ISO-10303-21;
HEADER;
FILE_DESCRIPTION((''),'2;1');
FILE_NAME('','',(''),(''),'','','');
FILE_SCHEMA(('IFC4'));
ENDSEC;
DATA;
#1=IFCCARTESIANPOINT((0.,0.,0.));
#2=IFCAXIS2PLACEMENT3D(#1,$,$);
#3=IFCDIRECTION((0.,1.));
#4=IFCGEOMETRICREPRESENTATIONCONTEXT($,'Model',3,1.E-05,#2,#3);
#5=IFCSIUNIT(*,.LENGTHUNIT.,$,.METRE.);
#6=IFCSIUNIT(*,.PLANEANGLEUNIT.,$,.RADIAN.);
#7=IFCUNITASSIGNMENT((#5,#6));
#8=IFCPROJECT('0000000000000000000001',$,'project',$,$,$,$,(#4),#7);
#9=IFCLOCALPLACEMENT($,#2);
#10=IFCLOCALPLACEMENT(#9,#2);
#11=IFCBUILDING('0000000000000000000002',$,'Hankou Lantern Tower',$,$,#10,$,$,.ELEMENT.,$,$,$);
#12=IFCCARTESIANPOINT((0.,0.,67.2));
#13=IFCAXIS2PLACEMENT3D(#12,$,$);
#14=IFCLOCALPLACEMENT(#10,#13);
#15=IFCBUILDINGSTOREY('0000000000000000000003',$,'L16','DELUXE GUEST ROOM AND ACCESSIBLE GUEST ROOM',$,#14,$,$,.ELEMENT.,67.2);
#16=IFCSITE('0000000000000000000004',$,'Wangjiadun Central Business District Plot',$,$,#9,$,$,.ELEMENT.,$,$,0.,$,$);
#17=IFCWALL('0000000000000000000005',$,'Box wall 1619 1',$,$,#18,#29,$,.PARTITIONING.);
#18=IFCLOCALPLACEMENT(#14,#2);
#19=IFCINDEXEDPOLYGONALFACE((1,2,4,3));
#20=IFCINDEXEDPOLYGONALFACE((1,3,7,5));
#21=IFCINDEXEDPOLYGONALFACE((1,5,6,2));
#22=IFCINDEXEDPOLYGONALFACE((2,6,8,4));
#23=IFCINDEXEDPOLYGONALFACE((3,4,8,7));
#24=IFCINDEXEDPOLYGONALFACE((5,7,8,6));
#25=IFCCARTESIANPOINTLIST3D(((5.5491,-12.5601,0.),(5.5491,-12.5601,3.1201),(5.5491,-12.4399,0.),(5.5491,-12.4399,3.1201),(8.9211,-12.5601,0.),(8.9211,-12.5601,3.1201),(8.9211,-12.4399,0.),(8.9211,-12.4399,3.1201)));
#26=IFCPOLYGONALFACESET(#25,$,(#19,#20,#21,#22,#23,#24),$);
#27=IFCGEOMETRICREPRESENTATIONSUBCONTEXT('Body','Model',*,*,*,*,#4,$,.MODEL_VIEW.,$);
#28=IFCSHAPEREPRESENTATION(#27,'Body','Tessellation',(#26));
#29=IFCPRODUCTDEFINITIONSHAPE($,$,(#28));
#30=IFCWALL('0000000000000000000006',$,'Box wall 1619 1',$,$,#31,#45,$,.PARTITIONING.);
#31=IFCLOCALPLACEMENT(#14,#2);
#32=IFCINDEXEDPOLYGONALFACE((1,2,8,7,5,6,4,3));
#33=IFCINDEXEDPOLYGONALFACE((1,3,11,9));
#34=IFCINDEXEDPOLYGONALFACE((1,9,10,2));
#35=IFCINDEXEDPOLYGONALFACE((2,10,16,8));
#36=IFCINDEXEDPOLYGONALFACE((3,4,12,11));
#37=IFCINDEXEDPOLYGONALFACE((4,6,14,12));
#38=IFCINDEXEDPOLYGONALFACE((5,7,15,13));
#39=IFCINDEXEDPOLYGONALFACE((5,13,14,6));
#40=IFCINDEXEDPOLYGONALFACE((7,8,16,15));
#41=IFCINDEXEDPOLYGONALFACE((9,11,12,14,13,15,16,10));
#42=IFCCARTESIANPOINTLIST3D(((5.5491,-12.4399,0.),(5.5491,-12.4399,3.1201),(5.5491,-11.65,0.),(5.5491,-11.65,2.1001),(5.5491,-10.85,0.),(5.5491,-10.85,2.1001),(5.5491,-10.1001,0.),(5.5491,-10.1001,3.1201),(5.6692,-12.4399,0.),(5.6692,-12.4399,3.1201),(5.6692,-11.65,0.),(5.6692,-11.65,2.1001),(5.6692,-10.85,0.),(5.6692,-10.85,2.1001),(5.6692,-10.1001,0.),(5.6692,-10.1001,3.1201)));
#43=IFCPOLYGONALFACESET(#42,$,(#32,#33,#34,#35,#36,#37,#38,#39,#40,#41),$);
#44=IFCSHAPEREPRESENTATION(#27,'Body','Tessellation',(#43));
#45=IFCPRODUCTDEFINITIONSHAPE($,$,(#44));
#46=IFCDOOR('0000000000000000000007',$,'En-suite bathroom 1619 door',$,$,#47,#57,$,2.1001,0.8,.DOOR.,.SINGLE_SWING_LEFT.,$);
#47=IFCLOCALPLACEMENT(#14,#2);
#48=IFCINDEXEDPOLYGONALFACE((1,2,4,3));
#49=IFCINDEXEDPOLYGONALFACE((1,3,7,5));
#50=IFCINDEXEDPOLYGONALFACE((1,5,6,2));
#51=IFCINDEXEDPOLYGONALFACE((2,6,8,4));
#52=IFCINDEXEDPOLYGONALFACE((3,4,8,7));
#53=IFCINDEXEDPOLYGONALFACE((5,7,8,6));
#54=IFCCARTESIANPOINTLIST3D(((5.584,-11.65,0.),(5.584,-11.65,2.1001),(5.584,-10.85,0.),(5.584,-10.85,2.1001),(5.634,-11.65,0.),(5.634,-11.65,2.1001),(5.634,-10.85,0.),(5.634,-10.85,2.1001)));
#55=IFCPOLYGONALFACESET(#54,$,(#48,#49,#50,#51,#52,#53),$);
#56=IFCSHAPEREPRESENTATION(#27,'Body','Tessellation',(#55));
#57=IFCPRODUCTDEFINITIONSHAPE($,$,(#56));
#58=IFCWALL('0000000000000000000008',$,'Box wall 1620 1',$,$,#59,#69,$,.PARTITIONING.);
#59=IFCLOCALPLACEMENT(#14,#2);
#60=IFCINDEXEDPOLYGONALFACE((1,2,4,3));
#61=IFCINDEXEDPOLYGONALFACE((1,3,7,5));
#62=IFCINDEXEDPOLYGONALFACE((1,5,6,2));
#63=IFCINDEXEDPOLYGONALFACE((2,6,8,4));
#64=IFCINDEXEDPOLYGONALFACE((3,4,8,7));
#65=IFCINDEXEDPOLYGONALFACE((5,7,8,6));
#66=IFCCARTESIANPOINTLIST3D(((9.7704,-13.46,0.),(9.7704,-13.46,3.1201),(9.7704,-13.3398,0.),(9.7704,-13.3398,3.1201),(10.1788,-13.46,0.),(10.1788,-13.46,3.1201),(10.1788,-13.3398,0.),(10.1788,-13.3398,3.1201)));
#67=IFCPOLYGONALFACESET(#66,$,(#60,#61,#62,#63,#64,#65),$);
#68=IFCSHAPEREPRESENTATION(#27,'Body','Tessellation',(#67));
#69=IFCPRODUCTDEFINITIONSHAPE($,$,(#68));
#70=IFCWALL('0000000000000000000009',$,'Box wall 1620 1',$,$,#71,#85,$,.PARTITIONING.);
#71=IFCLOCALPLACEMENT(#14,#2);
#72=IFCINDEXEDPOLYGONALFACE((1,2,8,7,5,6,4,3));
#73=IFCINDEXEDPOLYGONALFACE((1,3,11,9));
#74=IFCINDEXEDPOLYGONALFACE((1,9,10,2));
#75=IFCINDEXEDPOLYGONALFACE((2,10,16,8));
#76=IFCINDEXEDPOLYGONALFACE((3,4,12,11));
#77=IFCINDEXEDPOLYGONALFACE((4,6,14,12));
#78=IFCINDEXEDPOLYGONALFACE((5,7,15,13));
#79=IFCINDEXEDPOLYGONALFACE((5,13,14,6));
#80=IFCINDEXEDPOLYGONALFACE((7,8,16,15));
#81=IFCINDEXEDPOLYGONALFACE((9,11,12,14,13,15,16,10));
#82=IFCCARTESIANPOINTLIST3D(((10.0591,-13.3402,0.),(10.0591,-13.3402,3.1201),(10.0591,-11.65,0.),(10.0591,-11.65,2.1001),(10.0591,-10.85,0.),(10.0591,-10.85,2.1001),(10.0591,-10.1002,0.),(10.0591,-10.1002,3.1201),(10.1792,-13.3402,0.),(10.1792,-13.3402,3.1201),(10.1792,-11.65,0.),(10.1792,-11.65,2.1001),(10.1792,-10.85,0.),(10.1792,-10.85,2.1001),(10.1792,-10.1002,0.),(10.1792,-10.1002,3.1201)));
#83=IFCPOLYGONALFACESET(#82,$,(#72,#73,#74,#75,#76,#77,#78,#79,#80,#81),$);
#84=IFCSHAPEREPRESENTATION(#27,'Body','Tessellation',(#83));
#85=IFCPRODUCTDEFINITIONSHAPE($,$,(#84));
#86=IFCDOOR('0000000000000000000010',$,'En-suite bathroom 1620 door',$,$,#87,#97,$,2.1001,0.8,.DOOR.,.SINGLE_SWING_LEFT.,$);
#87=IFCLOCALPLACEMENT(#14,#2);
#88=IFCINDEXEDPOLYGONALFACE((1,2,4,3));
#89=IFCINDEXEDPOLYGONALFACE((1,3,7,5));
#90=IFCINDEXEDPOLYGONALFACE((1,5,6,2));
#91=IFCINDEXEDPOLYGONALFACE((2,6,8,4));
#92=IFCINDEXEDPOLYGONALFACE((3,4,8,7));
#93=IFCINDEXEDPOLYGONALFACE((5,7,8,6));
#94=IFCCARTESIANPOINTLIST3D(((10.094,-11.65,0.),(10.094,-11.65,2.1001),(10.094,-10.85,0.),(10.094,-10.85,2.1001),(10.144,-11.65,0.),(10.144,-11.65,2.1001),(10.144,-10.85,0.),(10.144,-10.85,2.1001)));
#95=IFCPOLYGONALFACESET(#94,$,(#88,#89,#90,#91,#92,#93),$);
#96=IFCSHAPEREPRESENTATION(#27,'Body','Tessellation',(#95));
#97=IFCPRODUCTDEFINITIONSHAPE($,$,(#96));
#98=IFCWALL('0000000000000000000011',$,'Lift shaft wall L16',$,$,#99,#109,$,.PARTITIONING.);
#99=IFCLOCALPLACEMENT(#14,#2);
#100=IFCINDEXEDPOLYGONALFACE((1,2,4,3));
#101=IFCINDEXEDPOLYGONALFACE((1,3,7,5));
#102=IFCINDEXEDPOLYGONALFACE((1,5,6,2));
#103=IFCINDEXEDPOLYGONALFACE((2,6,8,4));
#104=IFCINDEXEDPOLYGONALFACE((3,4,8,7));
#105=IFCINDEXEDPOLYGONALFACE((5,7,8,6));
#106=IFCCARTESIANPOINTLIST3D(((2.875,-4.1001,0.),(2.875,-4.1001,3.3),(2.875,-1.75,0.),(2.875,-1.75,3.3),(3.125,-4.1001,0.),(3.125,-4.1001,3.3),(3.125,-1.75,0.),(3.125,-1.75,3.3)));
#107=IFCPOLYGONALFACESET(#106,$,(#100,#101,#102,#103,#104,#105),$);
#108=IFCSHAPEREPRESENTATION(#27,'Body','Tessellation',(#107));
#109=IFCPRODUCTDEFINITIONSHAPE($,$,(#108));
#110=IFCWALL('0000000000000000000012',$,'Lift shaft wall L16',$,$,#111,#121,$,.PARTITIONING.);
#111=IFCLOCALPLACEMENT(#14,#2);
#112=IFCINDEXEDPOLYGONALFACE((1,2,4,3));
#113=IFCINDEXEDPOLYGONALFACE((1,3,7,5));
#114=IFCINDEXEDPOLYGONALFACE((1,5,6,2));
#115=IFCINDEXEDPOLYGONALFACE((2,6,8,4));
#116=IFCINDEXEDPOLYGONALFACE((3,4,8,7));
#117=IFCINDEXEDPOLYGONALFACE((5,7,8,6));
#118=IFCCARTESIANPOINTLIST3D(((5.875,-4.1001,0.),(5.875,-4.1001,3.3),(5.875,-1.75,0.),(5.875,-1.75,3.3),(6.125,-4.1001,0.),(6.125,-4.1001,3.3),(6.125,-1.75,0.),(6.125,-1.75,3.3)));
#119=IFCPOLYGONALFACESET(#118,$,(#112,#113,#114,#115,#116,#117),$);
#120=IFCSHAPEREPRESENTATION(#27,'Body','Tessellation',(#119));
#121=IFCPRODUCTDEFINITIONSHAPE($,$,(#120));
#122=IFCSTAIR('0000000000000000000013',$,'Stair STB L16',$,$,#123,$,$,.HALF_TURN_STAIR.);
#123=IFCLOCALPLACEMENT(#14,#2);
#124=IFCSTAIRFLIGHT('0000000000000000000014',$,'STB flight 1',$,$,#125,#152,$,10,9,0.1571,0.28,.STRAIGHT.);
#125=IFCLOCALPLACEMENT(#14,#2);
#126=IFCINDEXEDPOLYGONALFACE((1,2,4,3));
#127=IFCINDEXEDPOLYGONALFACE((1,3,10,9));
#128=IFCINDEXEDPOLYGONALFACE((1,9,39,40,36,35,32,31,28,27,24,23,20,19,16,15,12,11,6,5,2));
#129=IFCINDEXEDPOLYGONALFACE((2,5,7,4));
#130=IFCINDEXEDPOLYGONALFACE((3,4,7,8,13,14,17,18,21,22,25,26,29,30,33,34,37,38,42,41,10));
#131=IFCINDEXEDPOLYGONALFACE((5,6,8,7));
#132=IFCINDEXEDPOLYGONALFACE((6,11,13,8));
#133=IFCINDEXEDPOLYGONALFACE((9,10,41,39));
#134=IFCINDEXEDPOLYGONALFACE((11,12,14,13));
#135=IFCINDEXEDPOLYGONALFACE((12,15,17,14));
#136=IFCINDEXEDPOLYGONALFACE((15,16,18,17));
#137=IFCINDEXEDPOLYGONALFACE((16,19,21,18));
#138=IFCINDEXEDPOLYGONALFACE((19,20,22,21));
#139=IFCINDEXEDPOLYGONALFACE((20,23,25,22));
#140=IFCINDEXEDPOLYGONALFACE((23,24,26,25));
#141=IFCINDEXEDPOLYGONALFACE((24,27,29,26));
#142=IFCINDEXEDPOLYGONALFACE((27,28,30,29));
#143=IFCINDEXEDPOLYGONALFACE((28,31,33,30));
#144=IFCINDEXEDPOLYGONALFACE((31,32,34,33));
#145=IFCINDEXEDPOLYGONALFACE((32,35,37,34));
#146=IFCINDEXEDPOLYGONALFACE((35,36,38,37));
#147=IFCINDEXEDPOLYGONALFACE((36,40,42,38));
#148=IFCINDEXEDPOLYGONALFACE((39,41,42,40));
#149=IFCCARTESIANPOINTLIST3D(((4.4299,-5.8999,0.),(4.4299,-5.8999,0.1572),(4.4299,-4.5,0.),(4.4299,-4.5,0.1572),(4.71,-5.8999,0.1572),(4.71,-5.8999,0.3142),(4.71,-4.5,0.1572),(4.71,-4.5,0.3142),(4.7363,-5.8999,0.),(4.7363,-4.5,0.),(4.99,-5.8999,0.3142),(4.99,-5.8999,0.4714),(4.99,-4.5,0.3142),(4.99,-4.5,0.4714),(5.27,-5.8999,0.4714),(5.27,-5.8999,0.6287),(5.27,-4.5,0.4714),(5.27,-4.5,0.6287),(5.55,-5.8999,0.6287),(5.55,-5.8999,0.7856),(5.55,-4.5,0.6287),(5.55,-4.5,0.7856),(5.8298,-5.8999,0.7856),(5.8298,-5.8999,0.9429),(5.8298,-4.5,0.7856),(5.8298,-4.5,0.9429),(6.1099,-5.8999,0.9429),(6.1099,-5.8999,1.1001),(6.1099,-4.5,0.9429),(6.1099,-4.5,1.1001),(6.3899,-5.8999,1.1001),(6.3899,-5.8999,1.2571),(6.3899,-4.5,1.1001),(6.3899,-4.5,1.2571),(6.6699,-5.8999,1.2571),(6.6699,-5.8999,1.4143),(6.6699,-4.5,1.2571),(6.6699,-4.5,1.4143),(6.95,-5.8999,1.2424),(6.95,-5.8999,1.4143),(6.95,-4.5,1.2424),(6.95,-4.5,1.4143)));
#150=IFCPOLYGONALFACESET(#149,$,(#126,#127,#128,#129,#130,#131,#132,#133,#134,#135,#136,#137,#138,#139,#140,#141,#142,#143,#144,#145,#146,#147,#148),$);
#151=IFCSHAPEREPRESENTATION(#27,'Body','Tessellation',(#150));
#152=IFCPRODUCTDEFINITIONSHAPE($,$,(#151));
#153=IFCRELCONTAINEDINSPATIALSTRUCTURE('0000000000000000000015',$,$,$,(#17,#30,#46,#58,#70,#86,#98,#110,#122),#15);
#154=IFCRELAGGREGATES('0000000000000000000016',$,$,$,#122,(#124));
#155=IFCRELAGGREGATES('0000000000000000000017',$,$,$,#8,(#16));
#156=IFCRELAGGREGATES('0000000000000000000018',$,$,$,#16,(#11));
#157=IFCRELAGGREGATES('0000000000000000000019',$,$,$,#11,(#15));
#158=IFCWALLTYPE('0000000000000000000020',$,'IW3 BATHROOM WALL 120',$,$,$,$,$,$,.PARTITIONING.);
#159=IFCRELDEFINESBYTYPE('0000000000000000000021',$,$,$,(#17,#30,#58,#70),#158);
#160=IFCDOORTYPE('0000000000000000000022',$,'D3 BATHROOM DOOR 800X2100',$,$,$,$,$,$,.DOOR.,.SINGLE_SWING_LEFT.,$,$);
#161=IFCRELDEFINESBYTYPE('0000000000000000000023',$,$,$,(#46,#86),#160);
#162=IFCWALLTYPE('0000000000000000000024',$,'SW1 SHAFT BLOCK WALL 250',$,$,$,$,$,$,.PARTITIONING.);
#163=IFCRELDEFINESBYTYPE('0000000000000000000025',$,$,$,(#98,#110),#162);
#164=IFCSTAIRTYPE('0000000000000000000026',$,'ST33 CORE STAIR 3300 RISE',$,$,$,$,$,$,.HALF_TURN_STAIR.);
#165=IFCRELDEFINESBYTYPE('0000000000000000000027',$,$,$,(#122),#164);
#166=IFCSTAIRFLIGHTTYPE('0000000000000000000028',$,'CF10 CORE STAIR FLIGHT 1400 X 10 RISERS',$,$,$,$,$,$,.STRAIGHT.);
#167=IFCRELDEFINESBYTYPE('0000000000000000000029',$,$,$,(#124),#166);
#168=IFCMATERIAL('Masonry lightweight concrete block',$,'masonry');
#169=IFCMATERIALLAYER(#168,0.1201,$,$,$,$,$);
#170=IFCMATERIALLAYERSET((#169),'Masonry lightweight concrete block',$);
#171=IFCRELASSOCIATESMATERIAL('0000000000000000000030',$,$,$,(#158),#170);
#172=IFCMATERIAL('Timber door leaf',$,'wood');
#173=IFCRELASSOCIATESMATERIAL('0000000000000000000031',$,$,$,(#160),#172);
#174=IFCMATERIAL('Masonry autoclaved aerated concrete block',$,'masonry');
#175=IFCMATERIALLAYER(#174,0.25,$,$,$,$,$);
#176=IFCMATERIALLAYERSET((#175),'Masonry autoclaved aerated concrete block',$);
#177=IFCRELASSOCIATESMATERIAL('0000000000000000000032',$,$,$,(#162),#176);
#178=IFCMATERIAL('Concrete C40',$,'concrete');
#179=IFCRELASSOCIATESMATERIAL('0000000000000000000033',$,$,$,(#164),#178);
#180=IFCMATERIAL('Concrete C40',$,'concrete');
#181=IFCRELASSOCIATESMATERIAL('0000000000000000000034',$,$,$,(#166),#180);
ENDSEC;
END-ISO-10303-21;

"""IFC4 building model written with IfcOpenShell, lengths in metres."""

from ifc_helpers import new_model, si_unit, direction, frame, frame_2d, origin, place, context, subcontext, project, spatial, polyline, rectangle, outline, extrude, material, layer, layer_set, type_object, element, fill, aggregate, save


model = new_model("IFC4")

# Units and contexts
model_context = context("Model", 3, precision=1e-05, world=origin(), true_north=direction((0.0, 1.0)))
body_context = subcontext(model_context, "Body", "Model", "MODEL_VIEW")
ifc_project = project(units=[si_unit("LENGTHUNIT", "METRE"), si_unit("PLANEANGLEUNIT", "RADIAN")], contexts=[model_context])

# Site, building, storey
site_placement = place(None, origin())
site = spatial("IfcSite", under=ifc_project, at=site_placement, Name="Wangjiadun Central Business District Plot", CompositionType="ELEMENT", RefElevation=0.0)
building_placement = place(site_placement, origin())
building = spatial("IfcBuilding", under=site, at=building_placement, Name="Hankou Lantern Tower", CompositionType="ELEMENT")
storey_placement = place(building_placement, frame((0.0, 0.0, 67.2)))
storey = spatial("IfcBuildingStorey", under=building, at=storey_placement, Name="L16", Description="DELUXE GUEST ROOM AND ACCESSIBLE GUEST ROOM", CompositionType="ELEMENT", Elevation=67.2)

# Shared definitions
ifc_material_1 = material(Name="Masonry lightweight concrete block", Category="masonry")
ifc_layer_1 = layer(ifc_material_1, 0.1201)
ifc_layer_set_1 = layer_set([ifc_layer_1], Name="Masonry lightweight concrete block")
wall_type_1 = type_object("IfcWallType", Name="IW3 BATHROOM WALL 120", PredefinedType="PARTITIONING", material=ifc_layer_set_1)

# Shared definitions
ifc_material_2 = material(Name="Timber door leaf", Category="wood")
door_type_1 = type_object("IfcDoorType", Name="D3 BATHROOM DOOR 800X2100", OperationType="SINGLE_SWING_LEFT", PredefinedType="DOOR", material=ifc_material_2)

# Wall
wall_1_placement = place(storey_placement, frame((8.9211, -12.5, 0.0), z_axis=(0.0, 0.0, 1.0), x_axis=(-1.0, 0.0, 0.0)))
element("IfcWall", 1, at=wall_1_placement, inside=storey, type_object=wall_type_1, Name="Box wall 1619 1", PredefinedType="PARTITIONING", context=body_context, shape_type="SweptSolid", body=[
    extrude(rectangle(XDim=3.3721, YDim=0.1201, at=frame_2d((1.686, 0.0))), origin(), (0.0, 0.0, 1.0), 3.1201),
])

# Wall, opening, door
wall_2_placement = place(storey_placement, frame((5.6091, -10.1001, 0.0), z_axis=(0.0, 0.0, 1.0), x_axis=(0.0, -1.0, 0.0)))
wall_2 = element("IfcWall", 2, at=wall_2_placement, inside=storey, type_object=wall_type_1, Name="Box wall 1619 1", PredefinedType="PARTITIONING", context=body_context, shape_type="SweptSolid", body=[
    extrude(rectangle(XDim=2.3398, YDim=0.1201, at=frame_2d((1.1699, 0.0))), origin(), (0.0, 0.0, 1.0), 3.1201),
])
opening_1_placement = place(wall_2_placement, frame((0.75, 0.0, 0.0)))
opening_1 = element("IfcOpeningElement", 3, at=opening_1_placement, cuts=wall_2, PredefinedType="OPENING", context=body_context, shape_type="SweptSolid", body=[
    extrude(rectangle(XDim=0.8, YDim=2.1001, at=frame_2d((0.3999, 1.05))), frame((0.0, 0.0701, 0.0), z_axis=(0.0, -1.0, 0.0), x_axis=(1.0, 0.0, 0.0)), (0.0, 0.0, 1.0), 0.1401),
])
door_1_placement = place(opening_1_placement, origin())
door_1 = element("IfcDoor", 4, at=door_1_placement, inside=storey, type_object=door_type_1, Name="En-suite bathroom 1619 door", OperationType="SINGLE_SWING_LEFT", OverallHeight=2.1001, OverallWidth=0.8, PredefinedType="DOOR", context=body_context, shape_type="SweptSolid", body=[
    extrude(rectangle(XDim=0.8, YDim=2.1001, at=frame_2d((0.3999, 1.05))), frame((0.0, 0.0249, 0.0), z_axis=(0.0, -1.0, 0.0), x_axis=(1.0, 0.0, 0.0)), (0.0, 0.0, 1.0), 0.05),
])
fill(opening_1, door_1)

# Wall
wall_3_placement = place(storey_placement, frame((9.7705, -13.3999, 0.0), z_axis=(0.0, 0.0, 1.0), x_axis=(1.0, 0.0, 0.0)))
element("IfcWall", 5, at=wall_3_placement, inside=storey, type_object=wall_type_1, Name="Box wall 1620 1", PredefinedType="PARTITIONING", context=body_context, shape_type="SweptSolid", body=[
    extrude(rectangle(XDim=0.4084, YDim=0.1201, at=frame_2d((0.2041, 0.0))), origin(), (0.0, 0.0, 1.0), 3.1201),
])

# Wall, opening, door
wall_4_placement = place(storey_placement, frame((10.1191, -10.1001, 0.0), z_axis=(0.0, 0.0, 1.0), x_axis=(0.0, -1.0, 0.0)))
wall_4 = element("IfcWall", 6, at=wall_4_placement, inside=storey, type_object=wall_type_1, Name="Box wall 1620 1", PredefinedType="PARTITIONING", context=body_context, shape_type="SweptSolid", body=[
    extrude(rectangle(XDim=3.24, YDim=0.1201, at=frame_2d((1.6201, 0.0))), origin(), (0.0, 0.0, 1.0), 3.1201),
])
opening_2_placement = place(wall_4_placement, frame((0.75, 0.0, 0.0)))
opening_2 = element("IfcOpeningElement", 7, at=opening_2_placement, cuts=wall_4, PredefinedType="OPENING", context=body_context, shape_type="SweptSolid", body=[
    extrude(rectangle(XDim=0.8, YDim=2.1001, at=frame_2d((0.3999, 1.05))), frame((0.0, 0.0701, 0.0), z_axis=(0.0, -1.0, 0.0), x_axis=(1.0, 0.0, 0.0)), (0.0, 0.0, 1.0), 0.1401),
])
door_2_placement = place(opening_2_placement, origin())
door_2 = element("IfcDoor", 8, at=door_2_placement, inside=storey, type_object=door_type_1, Name="En-suite bathroom 1620 door", OperationType="SINGLE_SWING_LEFT", OverallHeight=2.1001, OverallWidth=0.8, PredefinedType="DOOR", context=body_context, shape_type="SweptSolid", body=[
    extrude(rectangle(XDim=0.8, YDim=2.1001, at=frame_2d((0.3999, 1.05))), frame((0.0, 0.0249, 0.0), z_axis=(0.0, -1.0, 0.0), x_axis=(1.0, 0.0, 0.0)), (0.0, 0.0, 1.0), 0.05),
])
fill(opening_2, door_2)

# Walls
ifc_material_3 = material(Name="Masonry autoclaved aerated concrete block", Category="masonry")
ifc_layer_2 = layer(ifc_material_3, 0.25)
ifc_layer_set_2 = layer_set([ifc_layer_2], Name="Masonry autoclaved aerated concrete block")
wall_type_2 = type_object("IfcWallType", Name="SW1 SHAFT BLOCK WALL 250", PredefinedType="PARTITIONING", material=ifc_layer_set_2)
for number, where, z_axis, x_axis, name in (
    (9, (3.0, -4.1001, 0.0), (0.0, 0.0, 1.0), (0.0, 1.0, 0.0), "Lift shaft wall L16"),
    (10, (6.0, -4.1001, 0.0), (0.0, 0.0, 1.0), (0.0, 1.0, 0.0), "Lift shaft wall L16"),
):
    element("IfcWall", number, at=place(storey_placement, frame(where, z_axis=z_axis, x_axis=x_axis)), inside=storey, type_object=wall_type_2, Name=name, PredefinedType="PARTITIONING", context=body_context, shape_type="SweptSolid", body=[
        extrude(rectangle(XDim=2.3501, YDim=0.25, at=frame_2d((1.175, 0.0))), origin(), (0.0, 0.0, 1.0), 3.3),
    ])

# Stair, stair flight
ifc_material_4 = material(Name="Concrete C40", Category="concrete")
stair_type = type_object("IfcStairType", Name="ST33 CORE STAIR 3300 RISE", PredefinedType="HALF_TURN_STAIR", material=ifc_material_4)
stair_placement = place(storey_placement, origin())
stair = element("IfcStair", 11, at=stair_placement, inside=storey, type_object=stair_type, Name="Stair STB L16", PredefinedType="HALF_TURN_STAIR")
ifc_material_5 = material(Name="Concrete C40", Category="concrete")
stair_flight_type_1 = type_object("IfcStairFlightType", Name="CF10 CORE STAIR FLIGHT 1400 X 10 RISERS", PredefinedType="STRAIGHT", material=ifc_material_5)
stair_flight_1_placement = place(storey_placement, frame((4.4299, -5.2, 0.0), z_axis=(0.0, 0.0, 1.0), x_axis=(1.0, 0.0, 0.0)))
stair_flight_1 = element("IfcStairFlight", 12, at=stair_flight_1_placement, type_object=stair_flight_type_1, Name="STB flight 1", NumberOfRisers=10, NumberOfTreads=9, PredefinedType="STRAIGHT", RiserHeight=0.1571, TreadLength=0.28, context=body_context, shape_type="SweptSolid", body=[
    extrude(outline(polyline([(0.0, 0.0), (0.0, 0.1572), (0.28, 0.1572), (0.28, 0.3142), (0.5601, 0.3142), (0.5601, 0.4714), (0.8401, 0.4714), (0.8401, 0.6287), (1.1201, 0.6287), (1.1201, 0.7856), (1.3999, 0.7856), (1.3999, 0.9429), (1.6799, 0.9429), (1.6799, 1.1001), (1.96, 1.1001), (1.96, 1.2571), (2.24, 1.2571), (2.24, 1.4143), (2.52, 1.4143), (2.52, 1.5715), (2.52, 1.2424), (0.3064, 0.0), (0.0, 0.0)])), frame((0.0, 0.7, 0.0), z_axis=(0.0, -1.0, 0.0), x_axis=(1.0, 0.0, 0.0)), (0.0, 0.0, 1.0), 1.3999),
])
aggregate(stair, [stair_flight_1])

save(model, "model.ifc")
